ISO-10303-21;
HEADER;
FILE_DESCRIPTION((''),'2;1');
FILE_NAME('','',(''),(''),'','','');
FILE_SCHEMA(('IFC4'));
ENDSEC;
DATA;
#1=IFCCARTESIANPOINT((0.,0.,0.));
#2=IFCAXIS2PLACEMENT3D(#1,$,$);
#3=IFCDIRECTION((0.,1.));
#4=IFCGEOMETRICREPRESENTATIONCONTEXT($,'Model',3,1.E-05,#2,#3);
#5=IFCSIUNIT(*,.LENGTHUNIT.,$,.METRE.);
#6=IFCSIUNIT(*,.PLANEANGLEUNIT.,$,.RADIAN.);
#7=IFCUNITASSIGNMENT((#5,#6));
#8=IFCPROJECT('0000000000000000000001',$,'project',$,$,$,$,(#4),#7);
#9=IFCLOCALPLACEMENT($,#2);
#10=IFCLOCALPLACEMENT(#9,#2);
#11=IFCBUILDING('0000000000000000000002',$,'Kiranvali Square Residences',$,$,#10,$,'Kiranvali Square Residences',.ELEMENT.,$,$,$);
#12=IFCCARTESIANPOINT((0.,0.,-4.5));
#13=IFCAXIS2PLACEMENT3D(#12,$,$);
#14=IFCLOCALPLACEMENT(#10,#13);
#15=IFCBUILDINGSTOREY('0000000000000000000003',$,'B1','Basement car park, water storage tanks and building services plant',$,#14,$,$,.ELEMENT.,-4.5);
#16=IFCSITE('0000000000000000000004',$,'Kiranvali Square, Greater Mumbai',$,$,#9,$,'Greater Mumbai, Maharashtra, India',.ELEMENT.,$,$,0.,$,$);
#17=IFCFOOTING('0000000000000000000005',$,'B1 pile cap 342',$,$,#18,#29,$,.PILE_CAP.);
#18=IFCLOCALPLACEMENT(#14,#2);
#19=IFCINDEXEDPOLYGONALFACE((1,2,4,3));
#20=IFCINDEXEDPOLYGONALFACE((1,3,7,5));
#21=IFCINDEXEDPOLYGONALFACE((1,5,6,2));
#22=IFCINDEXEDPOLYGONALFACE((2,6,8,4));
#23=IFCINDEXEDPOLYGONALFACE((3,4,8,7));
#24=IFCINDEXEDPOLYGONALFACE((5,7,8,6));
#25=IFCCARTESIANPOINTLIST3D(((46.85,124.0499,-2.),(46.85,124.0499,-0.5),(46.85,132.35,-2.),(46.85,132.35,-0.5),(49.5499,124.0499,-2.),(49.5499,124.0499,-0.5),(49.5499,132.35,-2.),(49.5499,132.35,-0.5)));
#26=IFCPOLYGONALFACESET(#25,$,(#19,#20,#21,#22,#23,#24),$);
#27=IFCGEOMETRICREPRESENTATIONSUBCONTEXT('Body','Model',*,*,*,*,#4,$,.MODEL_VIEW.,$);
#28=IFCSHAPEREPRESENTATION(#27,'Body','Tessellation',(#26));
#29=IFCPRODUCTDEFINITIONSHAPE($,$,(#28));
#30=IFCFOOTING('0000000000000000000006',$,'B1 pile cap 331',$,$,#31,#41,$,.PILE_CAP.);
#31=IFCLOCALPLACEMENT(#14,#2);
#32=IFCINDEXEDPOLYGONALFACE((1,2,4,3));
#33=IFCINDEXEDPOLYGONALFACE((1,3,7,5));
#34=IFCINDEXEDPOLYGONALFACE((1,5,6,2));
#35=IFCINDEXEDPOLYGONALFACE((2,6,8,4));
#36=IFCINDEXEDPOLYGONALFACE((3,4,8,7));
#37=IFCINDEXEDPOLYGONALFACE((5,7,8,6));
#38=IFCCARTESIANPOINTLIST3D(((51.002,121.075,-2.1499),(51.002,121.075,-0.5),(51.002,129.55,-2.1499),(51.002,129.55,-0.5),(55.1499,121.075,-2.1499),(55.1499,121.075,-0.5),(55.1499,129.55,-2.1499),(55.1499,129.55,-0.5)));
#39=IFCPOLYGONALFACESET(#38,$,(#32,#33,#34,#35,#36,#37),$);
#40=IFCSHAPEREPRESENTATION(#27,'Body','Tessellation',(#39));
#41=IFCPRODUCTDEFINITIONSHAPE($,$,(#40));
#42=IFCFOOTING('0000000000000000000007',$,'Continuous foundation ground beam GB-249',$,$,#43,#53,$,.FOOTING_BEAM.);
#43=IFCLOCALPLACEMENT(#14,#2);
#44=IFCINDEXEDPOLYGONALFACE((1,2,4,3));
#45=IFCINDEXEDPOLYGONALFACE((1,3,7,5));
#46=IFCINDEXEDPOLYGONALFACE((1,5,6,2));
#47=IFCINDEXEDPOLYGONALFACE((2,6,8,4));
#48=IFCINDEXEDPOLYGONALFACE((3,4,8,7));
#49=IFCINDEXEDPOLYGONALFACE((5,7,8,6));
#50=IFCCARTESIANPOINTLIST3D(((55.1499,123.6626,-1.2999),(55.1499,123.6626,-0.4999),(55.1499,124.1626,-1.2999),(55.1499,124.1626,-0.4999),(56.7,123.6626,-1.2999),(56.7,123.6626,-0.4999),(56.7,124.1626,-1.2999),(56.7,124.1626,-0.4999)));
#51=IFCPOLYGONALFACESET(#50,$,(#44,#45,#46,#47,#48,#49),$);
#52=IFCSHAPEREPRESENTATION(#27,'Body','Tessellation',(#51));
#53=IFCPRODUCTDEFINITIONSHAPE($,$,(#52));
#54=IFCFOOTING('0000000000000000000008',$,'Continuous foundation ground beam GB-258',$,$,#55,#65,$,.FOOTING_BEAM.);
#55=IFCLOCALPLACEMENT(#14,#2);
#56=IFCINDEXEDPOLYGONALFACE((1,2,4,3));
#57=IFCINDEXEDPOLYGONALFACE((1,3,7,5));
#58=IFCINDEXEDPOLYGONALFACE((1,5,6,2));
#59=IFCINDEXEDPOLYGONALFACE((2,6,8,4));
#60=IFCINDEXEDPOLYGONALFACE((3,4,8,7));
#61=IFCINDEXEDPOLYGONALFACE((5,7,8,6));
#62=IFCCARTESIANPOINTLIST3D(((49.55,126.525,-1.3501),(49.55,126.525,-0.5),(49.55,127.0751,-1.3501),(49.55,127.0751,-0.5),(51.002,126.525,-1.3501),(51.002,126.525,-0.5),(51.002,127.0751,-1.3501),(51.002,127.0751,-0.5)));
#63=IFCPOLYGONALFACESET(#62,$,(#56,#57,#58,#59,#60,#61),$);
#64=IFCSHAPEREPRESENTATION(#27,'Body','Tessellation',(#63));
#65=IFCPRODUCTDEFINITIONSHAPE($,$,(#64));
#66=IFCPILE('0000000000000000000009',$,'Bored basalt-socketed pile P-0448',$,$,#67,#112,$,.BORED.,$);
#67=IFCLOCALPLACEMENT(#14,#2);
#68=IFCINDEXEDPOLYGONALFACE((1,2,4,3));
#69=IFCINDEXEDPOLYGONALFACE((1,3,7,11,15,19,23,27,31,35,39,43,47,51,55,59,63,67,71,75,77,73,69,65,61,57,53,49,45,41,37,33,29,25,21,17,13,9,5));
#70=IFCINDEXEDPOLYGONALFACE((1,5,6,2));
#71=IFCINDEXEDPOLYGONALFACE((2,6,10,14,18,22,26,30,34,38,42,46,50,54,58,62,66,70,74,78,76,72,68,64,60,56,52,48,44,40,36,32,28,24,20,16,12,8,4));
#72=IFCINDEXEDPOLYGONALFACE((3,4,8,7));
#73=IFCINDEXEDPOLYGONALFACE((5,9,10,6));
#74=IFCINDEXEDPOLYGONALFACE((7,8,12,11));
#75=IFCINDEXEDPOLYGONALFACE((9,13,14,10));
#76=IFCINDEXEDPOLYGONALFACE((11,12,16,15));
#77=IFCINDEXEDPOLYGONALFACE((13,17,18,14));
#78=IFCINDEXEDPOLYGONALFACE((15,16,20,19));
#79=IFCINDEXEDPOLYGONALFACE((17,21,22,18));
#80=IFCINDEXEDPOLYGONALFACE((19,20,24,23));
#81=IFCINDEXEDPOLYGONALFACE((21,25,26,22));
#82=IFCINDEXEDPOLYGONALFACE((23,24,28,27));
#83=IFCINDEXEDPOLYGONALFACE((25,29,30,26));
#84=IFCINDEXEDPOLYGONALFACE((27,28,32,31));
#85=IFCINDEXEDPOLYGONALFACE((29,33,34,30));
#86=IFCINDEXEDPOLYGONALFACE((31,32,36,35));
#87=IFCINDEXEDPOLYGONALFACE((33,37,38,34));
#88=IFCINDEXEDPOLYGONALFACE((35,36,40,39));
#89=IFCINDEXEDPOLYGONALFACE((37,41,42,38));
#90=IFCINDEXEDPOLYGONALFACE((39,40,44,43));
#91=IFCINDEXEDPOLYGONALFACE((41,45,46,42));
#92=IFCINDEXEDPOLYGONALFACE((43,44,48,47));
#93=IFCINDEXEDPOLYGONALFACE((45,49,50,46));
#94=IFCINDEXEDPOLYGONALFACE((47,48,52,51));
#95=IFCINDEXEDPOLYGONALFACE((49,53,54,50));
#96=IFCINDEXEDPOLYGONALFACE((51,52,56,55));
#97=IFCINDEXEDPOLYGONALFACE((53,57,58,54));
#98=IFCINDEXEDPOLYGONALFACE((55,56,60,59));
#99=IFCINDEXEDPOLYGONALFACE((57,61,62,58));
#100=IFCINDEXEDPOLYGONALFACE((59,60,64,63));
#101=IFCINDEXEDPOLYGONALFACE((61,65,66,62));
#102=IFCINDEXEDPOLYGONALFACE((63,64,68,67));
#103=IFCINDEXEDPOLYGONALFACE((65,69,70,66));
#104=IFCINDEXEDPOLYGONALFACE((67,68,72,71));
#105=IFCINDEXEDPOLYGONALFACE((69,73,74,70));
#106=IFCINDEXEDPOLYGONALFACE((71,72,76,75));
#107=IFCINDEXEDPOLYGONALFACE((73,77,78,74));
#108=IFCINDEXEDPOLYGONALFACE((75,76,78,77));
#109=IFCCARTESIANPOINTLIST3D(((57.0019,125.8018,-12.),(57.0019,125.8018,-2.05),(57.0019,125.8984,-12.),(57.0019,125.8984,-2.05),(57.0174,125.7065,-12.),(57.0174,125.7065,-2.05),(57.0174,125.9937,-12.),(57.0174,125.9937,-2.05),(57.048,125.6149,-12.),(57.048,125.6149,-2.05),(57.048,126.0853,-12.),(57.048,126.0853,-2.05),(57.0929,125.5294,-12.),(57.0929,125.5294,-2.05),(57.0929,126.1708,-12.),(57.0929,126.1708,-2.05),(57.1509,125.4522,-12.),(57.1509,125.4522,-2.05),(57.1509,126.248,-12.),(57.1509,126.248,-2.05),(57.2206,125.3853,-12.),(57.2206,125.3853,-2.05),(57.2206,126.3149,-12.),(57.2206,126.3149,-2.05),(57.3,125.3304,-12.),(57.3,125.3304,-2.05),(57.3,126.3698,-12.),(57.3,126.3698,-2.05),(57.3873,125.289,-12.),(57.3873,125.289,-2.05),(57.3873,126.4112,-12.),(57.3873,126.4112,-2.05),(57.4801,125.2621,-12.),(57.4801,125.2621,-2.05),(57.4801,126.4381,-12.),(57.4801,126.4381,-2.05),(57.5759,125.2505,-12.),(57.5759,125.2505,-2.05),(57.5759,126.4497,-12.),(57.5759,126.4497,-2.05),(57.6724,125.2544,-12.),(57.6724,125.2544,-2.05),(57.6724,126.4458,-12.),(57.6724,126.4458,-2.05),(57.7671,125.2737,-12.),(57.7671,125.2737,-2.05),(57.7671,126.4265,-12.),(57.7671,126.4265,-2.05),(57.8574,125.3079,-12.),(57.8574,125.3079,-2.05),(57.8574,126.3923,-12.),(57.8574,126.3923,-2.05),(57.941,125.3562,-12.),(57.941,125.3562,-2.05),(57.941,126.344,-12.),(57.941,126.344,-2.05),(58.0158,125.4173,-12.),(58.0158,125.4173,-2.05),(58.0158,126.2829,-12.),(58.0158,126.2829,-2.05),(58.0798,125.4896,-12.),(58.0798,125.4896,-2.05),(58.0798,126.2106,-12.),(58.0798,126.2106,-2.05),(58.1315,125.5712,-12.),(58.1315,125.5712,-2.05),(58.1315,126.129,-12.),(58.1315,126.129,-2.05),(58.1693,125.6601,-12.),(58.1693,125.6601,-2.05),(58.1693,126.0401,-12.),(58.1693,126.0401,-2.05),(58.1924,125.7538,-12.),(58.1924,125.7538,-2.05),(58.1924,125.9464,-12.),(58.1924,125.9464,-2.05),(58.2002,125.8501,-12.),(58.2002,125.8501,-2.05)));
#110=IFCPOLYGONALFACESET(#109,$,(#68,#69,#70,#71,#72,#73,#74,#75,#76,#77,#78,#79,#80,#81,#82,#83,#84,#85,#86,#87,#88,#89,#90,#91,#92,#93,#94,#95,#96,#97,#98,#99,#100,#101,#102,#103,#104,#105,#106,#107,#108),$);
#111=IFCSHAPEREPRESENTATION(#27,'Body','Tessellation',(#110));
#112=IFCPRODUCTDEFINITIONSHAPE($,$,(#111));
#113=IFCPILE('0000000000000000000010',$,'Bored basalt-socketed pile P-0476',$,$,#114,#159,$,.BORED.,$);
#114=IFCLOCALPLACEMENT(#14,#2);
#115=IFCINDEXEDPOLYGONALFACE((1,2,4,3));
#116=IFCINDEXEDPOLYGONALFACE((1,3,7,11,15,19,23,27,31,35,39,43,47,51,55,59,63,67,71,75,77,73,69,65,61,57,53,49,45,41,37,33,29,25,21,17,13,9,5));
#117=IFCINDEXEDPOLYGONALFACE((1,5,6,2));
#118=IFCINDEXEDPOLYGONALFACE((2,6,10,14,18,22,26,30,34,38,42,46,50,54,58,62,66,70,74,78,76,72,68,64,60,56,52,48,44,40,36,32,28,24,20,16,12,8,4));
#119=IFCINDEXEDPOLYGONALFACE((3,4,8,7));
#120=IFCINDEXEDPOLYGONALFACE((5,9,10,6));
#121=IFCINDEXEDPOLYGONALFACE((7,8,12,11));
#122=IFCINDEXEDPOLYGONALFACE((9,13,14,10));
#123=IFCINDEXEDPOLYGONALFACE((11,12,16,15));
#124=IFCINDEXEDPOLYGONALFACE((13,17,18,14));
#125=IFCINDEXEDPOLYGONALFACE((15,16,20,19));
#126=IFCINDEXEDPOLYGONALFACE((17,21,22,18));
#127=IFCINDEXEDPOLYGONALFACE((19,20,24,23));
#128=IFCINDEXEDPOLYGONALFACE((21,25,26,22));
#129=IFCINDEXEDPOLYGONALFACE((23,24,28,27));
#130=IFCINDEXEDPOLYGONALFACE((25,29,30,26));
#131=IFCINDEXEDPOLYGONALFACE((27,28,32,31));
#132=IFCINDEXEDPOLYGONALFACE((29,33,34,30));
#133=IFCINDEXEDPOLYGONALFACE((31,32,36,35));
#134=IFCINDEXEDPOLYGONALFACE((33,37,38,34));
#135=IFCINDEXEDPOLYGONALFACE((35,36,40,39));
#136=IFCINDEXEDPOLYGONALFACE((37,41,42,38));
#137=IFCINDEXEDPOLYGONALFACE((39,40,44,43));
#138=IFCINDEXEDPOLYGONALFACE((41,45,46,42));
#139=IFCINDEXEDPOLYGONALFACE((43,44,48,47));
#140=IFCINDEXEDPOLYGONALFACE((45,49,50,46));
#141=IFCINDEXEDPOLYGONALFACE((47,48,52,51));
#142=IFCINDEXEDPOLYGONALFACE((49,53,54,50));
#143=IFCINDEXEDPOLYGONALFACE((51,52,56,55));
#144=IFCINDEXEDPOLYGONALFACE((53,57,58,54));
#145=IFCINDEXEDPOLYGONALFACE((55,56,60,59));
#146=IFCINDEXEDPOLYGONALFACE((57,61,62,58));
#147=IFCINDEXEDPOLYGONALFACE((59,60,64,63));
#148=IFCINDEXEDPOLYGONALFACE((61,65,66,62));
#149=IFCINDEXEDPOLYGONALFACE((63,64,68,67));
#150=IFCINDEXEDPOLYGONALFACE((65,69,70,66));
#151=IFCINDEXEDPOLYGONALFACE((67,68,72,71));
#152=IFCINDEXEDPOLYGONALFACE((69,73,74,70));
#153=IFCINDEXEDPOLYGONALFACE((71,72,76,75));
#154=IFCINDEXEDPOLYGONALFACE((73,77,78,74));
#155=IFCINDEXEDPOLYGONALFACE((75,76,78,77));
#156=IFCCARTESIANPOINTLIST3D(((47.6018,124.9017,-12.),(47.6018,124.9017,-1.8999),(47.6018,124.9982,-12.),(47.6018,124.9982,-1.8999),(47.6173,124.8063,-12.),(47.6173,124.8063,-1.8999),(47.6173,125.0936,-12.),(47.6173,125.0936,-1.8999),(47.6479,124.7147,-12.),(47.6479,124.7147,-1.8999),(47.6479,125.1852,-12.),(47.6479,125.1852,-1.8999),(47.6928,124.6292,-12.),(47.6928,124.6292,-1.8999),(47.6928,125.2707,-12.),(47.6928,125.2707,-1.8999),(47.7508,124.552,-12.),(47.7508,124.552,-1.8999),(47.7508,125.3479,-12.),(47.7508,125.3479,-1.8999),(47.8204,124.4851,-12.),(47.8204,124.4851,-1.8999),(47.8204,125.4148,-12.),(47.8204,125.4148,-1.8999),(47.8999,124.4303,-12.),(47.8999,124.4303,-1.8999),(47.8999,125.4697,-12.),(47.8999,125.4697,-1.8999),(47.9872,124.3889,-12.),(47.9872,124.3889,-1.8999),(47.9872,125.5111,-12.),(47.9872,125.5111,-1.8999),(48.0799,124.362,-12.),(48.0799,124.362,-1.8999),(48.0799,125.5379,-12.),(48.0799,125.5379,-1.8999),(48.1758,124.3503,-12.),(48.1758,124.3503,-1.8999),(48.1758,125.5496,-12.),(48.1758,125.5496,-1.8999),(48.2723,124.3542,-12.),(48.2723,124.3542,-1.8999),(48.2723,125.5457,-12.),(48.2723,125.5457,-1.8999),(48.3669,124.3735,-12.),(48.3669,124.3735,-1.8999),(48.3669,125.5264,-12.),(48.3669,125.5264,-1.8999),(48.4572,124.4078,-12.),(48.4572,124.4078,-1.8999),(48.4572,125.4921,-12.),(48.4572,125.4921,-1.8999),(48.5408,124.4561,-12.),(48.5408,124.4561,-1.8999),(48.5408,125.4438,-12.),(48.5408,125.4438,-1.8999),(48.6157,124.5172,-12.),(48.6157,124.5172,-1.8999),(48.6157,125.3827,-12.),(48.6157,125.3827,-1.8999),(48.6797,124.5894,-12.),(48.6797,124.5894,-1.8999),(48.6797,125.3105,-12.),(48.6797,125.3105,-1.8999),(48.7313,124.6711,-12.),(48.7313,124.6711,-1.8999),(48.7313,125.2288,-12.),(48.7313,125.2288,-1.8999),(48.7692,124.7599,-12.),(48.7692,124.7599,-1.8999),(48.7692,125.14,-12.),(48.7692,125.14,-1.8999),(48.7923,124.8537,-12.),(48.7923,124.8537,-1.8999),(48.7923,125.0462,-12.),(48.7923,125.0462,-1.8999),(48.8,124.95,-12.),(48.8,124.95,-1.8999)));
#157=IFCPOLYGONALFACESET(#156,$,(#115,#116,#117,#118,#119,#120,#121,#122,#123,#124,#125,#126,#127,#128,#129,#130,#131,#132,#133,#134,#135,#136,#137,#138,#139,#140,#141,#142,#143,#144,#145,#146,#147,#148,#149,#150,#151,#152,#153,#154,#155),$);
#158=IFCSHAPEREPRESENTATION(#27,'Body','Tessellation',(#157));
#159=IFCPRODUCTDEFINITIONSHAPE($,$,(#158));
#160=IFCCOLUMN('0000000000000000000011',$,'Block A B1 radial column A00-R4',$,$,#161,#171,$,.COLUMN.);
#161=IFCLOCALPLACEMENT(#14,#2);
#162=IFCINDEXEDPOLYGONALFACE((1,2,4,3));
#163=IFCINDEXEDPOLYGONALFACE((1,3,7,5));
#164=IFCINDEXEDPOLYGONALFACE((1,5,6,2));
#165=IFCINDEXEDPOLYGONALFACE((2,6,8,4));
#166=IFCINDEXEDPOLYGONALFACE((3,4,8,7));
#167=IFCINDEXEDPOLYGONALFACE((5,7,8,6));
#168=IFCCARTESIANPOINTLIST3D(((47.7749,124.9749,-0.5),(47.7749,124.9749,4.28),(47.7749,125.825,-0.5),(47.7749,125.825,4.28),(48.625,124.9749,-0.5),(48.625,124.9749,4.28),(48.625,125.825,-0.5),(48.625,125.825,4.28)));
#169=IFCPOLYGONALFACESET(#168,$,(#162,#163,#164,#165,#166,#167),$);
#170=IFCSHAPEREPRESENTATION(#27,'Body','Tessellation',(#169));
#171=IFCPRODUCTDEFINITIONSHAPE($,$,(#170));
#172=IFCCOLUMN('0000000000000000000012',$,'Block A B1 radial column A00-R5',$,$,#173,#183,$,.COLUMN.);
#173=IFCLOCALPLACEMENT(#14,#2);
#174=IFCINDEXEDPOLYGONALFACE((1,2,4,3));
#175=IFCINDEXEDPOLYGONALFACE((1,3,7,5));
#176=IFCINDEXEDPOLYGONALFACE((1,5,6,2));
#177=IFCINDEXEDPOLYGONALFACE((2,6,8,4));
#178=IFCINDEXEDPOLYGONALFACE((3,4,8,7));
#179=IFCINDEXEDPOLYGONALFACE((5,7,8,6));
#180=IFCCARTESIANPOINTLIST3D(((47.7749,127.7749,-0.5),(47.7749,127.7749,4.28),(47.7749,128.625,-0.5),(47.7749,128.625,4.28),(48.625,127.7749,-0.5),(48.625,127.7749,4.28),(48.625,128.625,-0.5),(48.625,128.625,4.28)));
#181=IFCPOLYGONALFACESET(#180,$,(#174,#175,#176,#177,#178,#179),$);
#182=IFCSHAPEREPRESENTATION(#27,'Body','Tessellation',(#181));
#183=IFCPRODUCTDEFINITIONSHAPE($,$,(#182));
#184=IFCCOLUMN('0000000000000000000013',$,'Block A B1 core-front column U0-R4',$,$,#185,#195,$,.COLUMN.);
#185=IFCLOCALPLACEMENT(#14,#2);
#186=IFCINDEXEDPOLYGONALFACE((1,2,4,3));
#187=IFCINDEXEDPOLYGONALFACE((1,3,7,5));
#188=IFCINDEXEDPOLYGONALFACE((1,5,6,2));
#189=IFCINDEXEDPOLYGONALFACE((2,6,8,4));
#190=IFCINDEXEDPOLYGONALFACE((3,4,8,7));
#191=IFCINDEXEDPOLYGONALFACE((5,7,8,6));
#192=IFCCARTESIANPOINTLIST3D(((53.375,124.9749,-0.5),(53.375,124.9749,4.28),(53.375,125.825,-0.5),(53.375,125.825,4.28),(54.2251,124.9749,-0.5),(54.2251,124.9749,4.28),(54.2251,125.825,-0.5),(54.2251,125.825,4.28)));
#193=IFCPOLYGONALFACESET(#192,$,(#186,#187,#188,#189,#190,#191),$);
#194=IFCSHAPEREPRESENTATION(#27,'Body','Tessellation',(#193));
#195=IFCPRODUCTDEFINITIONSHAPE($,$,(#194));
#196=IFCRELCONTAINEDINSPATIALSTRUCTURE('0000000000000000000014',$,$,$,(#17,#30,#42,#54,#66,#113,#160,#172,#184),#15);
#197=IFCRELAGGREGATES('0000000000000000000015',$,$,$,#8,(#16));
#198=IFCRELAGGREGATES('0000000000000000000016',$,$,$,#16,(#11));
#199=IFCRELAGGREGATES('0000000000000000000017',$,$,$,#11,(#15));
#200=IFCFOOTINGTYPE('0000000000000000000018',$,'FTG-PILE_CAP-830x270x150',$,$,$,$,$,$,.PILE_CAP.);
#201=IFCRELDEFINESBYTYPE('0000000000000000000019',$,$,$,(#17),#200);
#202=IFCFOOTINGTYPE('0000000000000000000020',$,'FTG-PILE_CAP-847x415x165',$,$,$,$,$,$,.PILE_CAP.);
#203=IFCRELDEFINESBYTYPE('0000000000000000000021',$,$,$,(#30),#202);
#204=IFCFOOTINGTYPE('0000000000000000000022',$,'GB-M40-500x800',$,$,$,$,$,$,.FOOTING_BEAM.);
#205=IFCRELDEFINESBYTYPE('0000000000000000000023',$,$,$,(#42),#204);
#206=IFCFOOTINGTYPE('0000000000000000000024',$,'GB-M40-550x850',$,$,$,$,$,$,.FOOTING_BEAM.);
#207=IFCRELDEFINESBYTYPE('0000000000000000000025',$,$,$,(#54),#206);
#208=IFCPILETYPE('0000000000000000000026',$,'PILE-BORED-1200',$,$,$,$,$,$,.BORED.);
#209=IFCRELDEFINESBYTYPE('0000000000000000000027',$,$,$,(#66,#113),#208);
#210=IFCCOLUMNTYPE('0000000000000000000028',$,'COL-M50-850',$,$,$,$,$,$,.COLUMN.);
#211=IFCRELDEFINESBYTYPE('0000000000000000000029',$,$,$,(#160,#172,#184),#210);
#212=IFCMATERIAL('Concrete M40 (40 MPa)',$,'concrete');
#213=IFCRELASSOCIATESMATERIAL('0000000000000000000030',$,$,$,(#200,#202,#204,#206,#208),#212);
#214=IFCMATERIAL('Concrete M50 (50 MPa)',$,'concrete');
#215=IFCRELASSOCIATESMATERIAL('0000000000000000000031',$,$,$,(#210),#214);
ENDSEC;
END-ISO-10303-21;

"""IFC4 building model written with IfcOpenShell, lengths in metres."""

from ifc_helpers import new_model, si_unit, direction, frame, origin, origin_2d, place, context, subcontext, project, spatial, rectangle, circle, extrude, material, material_profile, profile_set, type_object, element, save


model = new_model("IFC4")

# Units and contexts
model_context = context("Model", 3, precision=1e-05, world=origin(), true_north=direction((0.0, 1.0)))
body_context = subcontext(model_context, "Body", "Model", "MODEL_VIEW")
ifc_project = project(units=[si_unit("LENGTHUNIT", "METRE"), si_unit("PLANEANGLEUNIT", "RADIAN")], contexts=[model_context])

# Site, building, storey
site_placement = place(None, origin())
site = spatial("IfcSite", under=ifc_project, at=site_placement, Name="Kiranvali Square, Greater Mumbai", LongName="Greater Mumbai, Maharashtra, India", CompositionType="ELEMENT", RefElevation=0.0)
building_placement = place(site_placement, origin())
building = spatial("IfcBuilding", under=site, at=building_placement, Name="Kiranvali Square Residences", LongName="Kiranvali Square Residences", CompositionType="ELEMENT")
storey_placement = place(building_placement, frame((0.0, 0.0, -4.5)))
storey = spatial("IfcBuildingStorey", under=building, at=storey_placement, Name="B1", Description="Basement car park, water storage tanks and building services plant", CompositionType="ELEMENT", Elevation=-4.5)

# Footings
ifc_material_1 = material(Name="Concrete M40 (40 MPa)", Category="concrete")
footing_type_1 = type_object("IfcFootingType", Name="FTG-PILE_CAP-830x270x150", PredefinedType="PILE_CAP", material=ifc_material_1)
footing_1_placement = place(storey_placement, frame((48.2, 128.2, -2.0), z_axis=(0.0, 0.0, 1.0), x_axis=(0.0, 1.0, 0.0)))
element("IfcFooting", 1, at=footing_1_placement, inside=storey, type_object=footing_type_1, Name="B1 pile cap 342", PredefinedType="PILE_CAP", context=body_context, shape_type="SweptSolid", body=[
    extrude(rectangle(XDim=8.3, YDim=2.7, at=origin_2d()), origin(), (0.0, 0.0, 1.0), 1.5),
])
footing_type_2 = type_object("IfcFootingType", Name="FTG-PILE_CAP-847x415x165", PredefinedType="PILE_CAP", material=ifc_material_1)
footing_2_placement = place(storey_placement, frame((53.0759, 125.3125, -2.1499), z_axis=(0.0, 0.0, 1.0), x_axis=(0.0, 1.0, 0.0)))
element("IfcFooting", 2, at=footing_2_placement, inside=storey, type_object=footing_type_2, Name="B1 pile cap 331", PredefinedType="PILE_CAP", context=body_context, shape_type="SweptSolid", body=[
    extrude(rectangle(XDim=8.4751, YDim=4.1479, at=origin_2d()), origin(), (0.0, 0.0, 1.0), 1.6499),
])
ifc_material_profile_1 = material_profile(ifc_material_1, rectangle(XDim=0.5, YDim=0.8, at=origin_2d()), Name="GB 500x800")
ifc_profile_set_1 = profile_set([ifc_material_profile_1], Name="Concrete M40 (40 MPa)")
footing_type_3 = type_object("IfcFootingType", Name="GB-M40-500x800", PredefinedType="FOOTING_BEAM", material=ifc_profile_set_1)
footing_3_placement = place(storey_placement, frame((55.1499, 123.9126, -0.8999), z_axis=(1.0, 0.0, 0.0), x_axis=(0.0, 1.0, 0.0)))
element("IfcFooting", 3, at=footing_3_placement, inside=storey, type_object=footing_type_3, Name="Continuous foundation ground beam GB-249", PredefinedType="FOOTING_BEAM", context=body_context, shape_type="SweptSolid", body=[
    extrude(rectangle(XDim=0.5, YDim=0.8, at=origin_2d()), origin(), (0.0, 0.0, 1.0), 1.55),
])
ifc_material_profile_2 = material_profile(ifc_material_1, rectangle(XDim=0.55, YDim=0.8501, at=origin_2d()), Name="GB 550x850")
ifc_profile_set_2 = profile_set([ifc_material_profile_2], Name="Concrete M40 (40 MPa)")
footing_type_4 = type_object("IfcFootingType", Name="GB-M40-550x850", PredefinedType="FOOTING_BEAM", material=ifc_profile_set_2)
footing_4_placement = place(storey_placement, frame((49.55, 126.8, -0.925), z_axis=(1.0, 0.0, 0.0), x_axis=(0.0, 1.0, 0.0)))
element("IfcFooting", 4, at=footing_4_placement, inside=storey, type_object=footing_type_4, Name="Continuous foundation ground beam GB-258", PredefinedType="FOOTING_BEAM", context=body_context, shape_type="SweptSolid", body=[
    extrude(rectangle(XDim=0.55, YDim=0.8501, at=origin_2d()), origin(), (0.0, 0.0, 1.0), 1.4519),
])

# Piles
ifc_material_profile_3 = material_profile(ifc_material_1, circle(Radius=0.6001, at=origin_2d()), Name="BORED PILE 1200")
ifc_profile_set_3 = profile_set([ifc_material_profile_3], Name="Concrete M40 (40 MPa)")
pile_type = type_object("IfcPileType", Name="PILE-BORED-1200", PredefinedType="BORED", material=ifc_profile_set_3)
pile_1_placement = place(storey_placement, frame((57.6001, 125.8501, -2.05), z_axis=(0.0, 0.0, -1.0), x_axis=(1.0, 0.0, 0.0)))
element("IfcPile", 5, at=pile_1_placement, inside=storey, type_object=pile_type, Name="Bored basalt-socketed pile P-0448", PredefinedType="BORED", context=body_context, shape_type="SweptSolid", body=[
    extrude(circle(Radius=0.6001, at=origin_2d()), origin(), (0.0, 0.0, 1.0), 9.95),
])
pile_2_placement = place(storey_placement, frame((48.2, 124.95, -1.8999), z_axis=(0.0, 0.0, -1.0), x_axis=(1.0, 0.0, 0.0)))
element("IfcPile", 6, at=pile_2_placement, inside=storey, type_object=pile_type, Name="Bored basalt-socketed pile P-0476", PredefinedType="BORED", context=body_context, shape_type="SweptSolid", body=[
    extrude(circle(Radius=0.6001, at=origin_2d()), origin(), (0.0, 0.0, 1.0), 10.1001),
])

# Columns
ifc_material_2 = material(Name="Concrete M50 (50 MPa)", Category="concrete")
ifc_material_profile_4 = material_profile(ifc_material_2, rectangle(XDim=0.8501, YDim=0.8501, at=origin_2d()), Name="RC 850x850")
ifc_profile_set_4 = profile_set([ifc_material_profile_4], Name="Concrete M50 (50 MPa)")
column_type = type_object("IfcColumnType", Name="COL-M50-850", PredefinedType="COLUMN", material=ifc_profile_set_4)
for number, where, z_axis, x_axis, name in (
    (7, (48.2, 125.3999, -0.5), (0.0, 0.0, 1.0), (1.0, 0.0, 0.0), "Block A B1 radial column A00-R4"),
    (8, (48.2, 128.2, -0.5), (0.0, 0.0, 1.0), (1.0, 0.0, 0.0), "Block A B1 radial column A00-R5"),
    (9, (53.8, 125.3999, -0.5), (0.0, 0.0, 1.0), (1.0, 0.0, 0.0), "Block A B1 core-front column U0-R4"),
):
    element("IfcColumn", number, at=place(storey_placement, frame(where, z_axis=z_axis, x_axis=x_axis)), inside=storey, type_object=column_type, Name=name, PredefinedType="COLUMN", context=body_context, shape_type="SweptSolid", body=[
        extrude(rectangle(XDim=0.8501, YDim=0.8501, at=origin_2d()), origin(), (0.0, 0.0, 1.0), 4.78),
    ])

save(model, "model.ifc")
